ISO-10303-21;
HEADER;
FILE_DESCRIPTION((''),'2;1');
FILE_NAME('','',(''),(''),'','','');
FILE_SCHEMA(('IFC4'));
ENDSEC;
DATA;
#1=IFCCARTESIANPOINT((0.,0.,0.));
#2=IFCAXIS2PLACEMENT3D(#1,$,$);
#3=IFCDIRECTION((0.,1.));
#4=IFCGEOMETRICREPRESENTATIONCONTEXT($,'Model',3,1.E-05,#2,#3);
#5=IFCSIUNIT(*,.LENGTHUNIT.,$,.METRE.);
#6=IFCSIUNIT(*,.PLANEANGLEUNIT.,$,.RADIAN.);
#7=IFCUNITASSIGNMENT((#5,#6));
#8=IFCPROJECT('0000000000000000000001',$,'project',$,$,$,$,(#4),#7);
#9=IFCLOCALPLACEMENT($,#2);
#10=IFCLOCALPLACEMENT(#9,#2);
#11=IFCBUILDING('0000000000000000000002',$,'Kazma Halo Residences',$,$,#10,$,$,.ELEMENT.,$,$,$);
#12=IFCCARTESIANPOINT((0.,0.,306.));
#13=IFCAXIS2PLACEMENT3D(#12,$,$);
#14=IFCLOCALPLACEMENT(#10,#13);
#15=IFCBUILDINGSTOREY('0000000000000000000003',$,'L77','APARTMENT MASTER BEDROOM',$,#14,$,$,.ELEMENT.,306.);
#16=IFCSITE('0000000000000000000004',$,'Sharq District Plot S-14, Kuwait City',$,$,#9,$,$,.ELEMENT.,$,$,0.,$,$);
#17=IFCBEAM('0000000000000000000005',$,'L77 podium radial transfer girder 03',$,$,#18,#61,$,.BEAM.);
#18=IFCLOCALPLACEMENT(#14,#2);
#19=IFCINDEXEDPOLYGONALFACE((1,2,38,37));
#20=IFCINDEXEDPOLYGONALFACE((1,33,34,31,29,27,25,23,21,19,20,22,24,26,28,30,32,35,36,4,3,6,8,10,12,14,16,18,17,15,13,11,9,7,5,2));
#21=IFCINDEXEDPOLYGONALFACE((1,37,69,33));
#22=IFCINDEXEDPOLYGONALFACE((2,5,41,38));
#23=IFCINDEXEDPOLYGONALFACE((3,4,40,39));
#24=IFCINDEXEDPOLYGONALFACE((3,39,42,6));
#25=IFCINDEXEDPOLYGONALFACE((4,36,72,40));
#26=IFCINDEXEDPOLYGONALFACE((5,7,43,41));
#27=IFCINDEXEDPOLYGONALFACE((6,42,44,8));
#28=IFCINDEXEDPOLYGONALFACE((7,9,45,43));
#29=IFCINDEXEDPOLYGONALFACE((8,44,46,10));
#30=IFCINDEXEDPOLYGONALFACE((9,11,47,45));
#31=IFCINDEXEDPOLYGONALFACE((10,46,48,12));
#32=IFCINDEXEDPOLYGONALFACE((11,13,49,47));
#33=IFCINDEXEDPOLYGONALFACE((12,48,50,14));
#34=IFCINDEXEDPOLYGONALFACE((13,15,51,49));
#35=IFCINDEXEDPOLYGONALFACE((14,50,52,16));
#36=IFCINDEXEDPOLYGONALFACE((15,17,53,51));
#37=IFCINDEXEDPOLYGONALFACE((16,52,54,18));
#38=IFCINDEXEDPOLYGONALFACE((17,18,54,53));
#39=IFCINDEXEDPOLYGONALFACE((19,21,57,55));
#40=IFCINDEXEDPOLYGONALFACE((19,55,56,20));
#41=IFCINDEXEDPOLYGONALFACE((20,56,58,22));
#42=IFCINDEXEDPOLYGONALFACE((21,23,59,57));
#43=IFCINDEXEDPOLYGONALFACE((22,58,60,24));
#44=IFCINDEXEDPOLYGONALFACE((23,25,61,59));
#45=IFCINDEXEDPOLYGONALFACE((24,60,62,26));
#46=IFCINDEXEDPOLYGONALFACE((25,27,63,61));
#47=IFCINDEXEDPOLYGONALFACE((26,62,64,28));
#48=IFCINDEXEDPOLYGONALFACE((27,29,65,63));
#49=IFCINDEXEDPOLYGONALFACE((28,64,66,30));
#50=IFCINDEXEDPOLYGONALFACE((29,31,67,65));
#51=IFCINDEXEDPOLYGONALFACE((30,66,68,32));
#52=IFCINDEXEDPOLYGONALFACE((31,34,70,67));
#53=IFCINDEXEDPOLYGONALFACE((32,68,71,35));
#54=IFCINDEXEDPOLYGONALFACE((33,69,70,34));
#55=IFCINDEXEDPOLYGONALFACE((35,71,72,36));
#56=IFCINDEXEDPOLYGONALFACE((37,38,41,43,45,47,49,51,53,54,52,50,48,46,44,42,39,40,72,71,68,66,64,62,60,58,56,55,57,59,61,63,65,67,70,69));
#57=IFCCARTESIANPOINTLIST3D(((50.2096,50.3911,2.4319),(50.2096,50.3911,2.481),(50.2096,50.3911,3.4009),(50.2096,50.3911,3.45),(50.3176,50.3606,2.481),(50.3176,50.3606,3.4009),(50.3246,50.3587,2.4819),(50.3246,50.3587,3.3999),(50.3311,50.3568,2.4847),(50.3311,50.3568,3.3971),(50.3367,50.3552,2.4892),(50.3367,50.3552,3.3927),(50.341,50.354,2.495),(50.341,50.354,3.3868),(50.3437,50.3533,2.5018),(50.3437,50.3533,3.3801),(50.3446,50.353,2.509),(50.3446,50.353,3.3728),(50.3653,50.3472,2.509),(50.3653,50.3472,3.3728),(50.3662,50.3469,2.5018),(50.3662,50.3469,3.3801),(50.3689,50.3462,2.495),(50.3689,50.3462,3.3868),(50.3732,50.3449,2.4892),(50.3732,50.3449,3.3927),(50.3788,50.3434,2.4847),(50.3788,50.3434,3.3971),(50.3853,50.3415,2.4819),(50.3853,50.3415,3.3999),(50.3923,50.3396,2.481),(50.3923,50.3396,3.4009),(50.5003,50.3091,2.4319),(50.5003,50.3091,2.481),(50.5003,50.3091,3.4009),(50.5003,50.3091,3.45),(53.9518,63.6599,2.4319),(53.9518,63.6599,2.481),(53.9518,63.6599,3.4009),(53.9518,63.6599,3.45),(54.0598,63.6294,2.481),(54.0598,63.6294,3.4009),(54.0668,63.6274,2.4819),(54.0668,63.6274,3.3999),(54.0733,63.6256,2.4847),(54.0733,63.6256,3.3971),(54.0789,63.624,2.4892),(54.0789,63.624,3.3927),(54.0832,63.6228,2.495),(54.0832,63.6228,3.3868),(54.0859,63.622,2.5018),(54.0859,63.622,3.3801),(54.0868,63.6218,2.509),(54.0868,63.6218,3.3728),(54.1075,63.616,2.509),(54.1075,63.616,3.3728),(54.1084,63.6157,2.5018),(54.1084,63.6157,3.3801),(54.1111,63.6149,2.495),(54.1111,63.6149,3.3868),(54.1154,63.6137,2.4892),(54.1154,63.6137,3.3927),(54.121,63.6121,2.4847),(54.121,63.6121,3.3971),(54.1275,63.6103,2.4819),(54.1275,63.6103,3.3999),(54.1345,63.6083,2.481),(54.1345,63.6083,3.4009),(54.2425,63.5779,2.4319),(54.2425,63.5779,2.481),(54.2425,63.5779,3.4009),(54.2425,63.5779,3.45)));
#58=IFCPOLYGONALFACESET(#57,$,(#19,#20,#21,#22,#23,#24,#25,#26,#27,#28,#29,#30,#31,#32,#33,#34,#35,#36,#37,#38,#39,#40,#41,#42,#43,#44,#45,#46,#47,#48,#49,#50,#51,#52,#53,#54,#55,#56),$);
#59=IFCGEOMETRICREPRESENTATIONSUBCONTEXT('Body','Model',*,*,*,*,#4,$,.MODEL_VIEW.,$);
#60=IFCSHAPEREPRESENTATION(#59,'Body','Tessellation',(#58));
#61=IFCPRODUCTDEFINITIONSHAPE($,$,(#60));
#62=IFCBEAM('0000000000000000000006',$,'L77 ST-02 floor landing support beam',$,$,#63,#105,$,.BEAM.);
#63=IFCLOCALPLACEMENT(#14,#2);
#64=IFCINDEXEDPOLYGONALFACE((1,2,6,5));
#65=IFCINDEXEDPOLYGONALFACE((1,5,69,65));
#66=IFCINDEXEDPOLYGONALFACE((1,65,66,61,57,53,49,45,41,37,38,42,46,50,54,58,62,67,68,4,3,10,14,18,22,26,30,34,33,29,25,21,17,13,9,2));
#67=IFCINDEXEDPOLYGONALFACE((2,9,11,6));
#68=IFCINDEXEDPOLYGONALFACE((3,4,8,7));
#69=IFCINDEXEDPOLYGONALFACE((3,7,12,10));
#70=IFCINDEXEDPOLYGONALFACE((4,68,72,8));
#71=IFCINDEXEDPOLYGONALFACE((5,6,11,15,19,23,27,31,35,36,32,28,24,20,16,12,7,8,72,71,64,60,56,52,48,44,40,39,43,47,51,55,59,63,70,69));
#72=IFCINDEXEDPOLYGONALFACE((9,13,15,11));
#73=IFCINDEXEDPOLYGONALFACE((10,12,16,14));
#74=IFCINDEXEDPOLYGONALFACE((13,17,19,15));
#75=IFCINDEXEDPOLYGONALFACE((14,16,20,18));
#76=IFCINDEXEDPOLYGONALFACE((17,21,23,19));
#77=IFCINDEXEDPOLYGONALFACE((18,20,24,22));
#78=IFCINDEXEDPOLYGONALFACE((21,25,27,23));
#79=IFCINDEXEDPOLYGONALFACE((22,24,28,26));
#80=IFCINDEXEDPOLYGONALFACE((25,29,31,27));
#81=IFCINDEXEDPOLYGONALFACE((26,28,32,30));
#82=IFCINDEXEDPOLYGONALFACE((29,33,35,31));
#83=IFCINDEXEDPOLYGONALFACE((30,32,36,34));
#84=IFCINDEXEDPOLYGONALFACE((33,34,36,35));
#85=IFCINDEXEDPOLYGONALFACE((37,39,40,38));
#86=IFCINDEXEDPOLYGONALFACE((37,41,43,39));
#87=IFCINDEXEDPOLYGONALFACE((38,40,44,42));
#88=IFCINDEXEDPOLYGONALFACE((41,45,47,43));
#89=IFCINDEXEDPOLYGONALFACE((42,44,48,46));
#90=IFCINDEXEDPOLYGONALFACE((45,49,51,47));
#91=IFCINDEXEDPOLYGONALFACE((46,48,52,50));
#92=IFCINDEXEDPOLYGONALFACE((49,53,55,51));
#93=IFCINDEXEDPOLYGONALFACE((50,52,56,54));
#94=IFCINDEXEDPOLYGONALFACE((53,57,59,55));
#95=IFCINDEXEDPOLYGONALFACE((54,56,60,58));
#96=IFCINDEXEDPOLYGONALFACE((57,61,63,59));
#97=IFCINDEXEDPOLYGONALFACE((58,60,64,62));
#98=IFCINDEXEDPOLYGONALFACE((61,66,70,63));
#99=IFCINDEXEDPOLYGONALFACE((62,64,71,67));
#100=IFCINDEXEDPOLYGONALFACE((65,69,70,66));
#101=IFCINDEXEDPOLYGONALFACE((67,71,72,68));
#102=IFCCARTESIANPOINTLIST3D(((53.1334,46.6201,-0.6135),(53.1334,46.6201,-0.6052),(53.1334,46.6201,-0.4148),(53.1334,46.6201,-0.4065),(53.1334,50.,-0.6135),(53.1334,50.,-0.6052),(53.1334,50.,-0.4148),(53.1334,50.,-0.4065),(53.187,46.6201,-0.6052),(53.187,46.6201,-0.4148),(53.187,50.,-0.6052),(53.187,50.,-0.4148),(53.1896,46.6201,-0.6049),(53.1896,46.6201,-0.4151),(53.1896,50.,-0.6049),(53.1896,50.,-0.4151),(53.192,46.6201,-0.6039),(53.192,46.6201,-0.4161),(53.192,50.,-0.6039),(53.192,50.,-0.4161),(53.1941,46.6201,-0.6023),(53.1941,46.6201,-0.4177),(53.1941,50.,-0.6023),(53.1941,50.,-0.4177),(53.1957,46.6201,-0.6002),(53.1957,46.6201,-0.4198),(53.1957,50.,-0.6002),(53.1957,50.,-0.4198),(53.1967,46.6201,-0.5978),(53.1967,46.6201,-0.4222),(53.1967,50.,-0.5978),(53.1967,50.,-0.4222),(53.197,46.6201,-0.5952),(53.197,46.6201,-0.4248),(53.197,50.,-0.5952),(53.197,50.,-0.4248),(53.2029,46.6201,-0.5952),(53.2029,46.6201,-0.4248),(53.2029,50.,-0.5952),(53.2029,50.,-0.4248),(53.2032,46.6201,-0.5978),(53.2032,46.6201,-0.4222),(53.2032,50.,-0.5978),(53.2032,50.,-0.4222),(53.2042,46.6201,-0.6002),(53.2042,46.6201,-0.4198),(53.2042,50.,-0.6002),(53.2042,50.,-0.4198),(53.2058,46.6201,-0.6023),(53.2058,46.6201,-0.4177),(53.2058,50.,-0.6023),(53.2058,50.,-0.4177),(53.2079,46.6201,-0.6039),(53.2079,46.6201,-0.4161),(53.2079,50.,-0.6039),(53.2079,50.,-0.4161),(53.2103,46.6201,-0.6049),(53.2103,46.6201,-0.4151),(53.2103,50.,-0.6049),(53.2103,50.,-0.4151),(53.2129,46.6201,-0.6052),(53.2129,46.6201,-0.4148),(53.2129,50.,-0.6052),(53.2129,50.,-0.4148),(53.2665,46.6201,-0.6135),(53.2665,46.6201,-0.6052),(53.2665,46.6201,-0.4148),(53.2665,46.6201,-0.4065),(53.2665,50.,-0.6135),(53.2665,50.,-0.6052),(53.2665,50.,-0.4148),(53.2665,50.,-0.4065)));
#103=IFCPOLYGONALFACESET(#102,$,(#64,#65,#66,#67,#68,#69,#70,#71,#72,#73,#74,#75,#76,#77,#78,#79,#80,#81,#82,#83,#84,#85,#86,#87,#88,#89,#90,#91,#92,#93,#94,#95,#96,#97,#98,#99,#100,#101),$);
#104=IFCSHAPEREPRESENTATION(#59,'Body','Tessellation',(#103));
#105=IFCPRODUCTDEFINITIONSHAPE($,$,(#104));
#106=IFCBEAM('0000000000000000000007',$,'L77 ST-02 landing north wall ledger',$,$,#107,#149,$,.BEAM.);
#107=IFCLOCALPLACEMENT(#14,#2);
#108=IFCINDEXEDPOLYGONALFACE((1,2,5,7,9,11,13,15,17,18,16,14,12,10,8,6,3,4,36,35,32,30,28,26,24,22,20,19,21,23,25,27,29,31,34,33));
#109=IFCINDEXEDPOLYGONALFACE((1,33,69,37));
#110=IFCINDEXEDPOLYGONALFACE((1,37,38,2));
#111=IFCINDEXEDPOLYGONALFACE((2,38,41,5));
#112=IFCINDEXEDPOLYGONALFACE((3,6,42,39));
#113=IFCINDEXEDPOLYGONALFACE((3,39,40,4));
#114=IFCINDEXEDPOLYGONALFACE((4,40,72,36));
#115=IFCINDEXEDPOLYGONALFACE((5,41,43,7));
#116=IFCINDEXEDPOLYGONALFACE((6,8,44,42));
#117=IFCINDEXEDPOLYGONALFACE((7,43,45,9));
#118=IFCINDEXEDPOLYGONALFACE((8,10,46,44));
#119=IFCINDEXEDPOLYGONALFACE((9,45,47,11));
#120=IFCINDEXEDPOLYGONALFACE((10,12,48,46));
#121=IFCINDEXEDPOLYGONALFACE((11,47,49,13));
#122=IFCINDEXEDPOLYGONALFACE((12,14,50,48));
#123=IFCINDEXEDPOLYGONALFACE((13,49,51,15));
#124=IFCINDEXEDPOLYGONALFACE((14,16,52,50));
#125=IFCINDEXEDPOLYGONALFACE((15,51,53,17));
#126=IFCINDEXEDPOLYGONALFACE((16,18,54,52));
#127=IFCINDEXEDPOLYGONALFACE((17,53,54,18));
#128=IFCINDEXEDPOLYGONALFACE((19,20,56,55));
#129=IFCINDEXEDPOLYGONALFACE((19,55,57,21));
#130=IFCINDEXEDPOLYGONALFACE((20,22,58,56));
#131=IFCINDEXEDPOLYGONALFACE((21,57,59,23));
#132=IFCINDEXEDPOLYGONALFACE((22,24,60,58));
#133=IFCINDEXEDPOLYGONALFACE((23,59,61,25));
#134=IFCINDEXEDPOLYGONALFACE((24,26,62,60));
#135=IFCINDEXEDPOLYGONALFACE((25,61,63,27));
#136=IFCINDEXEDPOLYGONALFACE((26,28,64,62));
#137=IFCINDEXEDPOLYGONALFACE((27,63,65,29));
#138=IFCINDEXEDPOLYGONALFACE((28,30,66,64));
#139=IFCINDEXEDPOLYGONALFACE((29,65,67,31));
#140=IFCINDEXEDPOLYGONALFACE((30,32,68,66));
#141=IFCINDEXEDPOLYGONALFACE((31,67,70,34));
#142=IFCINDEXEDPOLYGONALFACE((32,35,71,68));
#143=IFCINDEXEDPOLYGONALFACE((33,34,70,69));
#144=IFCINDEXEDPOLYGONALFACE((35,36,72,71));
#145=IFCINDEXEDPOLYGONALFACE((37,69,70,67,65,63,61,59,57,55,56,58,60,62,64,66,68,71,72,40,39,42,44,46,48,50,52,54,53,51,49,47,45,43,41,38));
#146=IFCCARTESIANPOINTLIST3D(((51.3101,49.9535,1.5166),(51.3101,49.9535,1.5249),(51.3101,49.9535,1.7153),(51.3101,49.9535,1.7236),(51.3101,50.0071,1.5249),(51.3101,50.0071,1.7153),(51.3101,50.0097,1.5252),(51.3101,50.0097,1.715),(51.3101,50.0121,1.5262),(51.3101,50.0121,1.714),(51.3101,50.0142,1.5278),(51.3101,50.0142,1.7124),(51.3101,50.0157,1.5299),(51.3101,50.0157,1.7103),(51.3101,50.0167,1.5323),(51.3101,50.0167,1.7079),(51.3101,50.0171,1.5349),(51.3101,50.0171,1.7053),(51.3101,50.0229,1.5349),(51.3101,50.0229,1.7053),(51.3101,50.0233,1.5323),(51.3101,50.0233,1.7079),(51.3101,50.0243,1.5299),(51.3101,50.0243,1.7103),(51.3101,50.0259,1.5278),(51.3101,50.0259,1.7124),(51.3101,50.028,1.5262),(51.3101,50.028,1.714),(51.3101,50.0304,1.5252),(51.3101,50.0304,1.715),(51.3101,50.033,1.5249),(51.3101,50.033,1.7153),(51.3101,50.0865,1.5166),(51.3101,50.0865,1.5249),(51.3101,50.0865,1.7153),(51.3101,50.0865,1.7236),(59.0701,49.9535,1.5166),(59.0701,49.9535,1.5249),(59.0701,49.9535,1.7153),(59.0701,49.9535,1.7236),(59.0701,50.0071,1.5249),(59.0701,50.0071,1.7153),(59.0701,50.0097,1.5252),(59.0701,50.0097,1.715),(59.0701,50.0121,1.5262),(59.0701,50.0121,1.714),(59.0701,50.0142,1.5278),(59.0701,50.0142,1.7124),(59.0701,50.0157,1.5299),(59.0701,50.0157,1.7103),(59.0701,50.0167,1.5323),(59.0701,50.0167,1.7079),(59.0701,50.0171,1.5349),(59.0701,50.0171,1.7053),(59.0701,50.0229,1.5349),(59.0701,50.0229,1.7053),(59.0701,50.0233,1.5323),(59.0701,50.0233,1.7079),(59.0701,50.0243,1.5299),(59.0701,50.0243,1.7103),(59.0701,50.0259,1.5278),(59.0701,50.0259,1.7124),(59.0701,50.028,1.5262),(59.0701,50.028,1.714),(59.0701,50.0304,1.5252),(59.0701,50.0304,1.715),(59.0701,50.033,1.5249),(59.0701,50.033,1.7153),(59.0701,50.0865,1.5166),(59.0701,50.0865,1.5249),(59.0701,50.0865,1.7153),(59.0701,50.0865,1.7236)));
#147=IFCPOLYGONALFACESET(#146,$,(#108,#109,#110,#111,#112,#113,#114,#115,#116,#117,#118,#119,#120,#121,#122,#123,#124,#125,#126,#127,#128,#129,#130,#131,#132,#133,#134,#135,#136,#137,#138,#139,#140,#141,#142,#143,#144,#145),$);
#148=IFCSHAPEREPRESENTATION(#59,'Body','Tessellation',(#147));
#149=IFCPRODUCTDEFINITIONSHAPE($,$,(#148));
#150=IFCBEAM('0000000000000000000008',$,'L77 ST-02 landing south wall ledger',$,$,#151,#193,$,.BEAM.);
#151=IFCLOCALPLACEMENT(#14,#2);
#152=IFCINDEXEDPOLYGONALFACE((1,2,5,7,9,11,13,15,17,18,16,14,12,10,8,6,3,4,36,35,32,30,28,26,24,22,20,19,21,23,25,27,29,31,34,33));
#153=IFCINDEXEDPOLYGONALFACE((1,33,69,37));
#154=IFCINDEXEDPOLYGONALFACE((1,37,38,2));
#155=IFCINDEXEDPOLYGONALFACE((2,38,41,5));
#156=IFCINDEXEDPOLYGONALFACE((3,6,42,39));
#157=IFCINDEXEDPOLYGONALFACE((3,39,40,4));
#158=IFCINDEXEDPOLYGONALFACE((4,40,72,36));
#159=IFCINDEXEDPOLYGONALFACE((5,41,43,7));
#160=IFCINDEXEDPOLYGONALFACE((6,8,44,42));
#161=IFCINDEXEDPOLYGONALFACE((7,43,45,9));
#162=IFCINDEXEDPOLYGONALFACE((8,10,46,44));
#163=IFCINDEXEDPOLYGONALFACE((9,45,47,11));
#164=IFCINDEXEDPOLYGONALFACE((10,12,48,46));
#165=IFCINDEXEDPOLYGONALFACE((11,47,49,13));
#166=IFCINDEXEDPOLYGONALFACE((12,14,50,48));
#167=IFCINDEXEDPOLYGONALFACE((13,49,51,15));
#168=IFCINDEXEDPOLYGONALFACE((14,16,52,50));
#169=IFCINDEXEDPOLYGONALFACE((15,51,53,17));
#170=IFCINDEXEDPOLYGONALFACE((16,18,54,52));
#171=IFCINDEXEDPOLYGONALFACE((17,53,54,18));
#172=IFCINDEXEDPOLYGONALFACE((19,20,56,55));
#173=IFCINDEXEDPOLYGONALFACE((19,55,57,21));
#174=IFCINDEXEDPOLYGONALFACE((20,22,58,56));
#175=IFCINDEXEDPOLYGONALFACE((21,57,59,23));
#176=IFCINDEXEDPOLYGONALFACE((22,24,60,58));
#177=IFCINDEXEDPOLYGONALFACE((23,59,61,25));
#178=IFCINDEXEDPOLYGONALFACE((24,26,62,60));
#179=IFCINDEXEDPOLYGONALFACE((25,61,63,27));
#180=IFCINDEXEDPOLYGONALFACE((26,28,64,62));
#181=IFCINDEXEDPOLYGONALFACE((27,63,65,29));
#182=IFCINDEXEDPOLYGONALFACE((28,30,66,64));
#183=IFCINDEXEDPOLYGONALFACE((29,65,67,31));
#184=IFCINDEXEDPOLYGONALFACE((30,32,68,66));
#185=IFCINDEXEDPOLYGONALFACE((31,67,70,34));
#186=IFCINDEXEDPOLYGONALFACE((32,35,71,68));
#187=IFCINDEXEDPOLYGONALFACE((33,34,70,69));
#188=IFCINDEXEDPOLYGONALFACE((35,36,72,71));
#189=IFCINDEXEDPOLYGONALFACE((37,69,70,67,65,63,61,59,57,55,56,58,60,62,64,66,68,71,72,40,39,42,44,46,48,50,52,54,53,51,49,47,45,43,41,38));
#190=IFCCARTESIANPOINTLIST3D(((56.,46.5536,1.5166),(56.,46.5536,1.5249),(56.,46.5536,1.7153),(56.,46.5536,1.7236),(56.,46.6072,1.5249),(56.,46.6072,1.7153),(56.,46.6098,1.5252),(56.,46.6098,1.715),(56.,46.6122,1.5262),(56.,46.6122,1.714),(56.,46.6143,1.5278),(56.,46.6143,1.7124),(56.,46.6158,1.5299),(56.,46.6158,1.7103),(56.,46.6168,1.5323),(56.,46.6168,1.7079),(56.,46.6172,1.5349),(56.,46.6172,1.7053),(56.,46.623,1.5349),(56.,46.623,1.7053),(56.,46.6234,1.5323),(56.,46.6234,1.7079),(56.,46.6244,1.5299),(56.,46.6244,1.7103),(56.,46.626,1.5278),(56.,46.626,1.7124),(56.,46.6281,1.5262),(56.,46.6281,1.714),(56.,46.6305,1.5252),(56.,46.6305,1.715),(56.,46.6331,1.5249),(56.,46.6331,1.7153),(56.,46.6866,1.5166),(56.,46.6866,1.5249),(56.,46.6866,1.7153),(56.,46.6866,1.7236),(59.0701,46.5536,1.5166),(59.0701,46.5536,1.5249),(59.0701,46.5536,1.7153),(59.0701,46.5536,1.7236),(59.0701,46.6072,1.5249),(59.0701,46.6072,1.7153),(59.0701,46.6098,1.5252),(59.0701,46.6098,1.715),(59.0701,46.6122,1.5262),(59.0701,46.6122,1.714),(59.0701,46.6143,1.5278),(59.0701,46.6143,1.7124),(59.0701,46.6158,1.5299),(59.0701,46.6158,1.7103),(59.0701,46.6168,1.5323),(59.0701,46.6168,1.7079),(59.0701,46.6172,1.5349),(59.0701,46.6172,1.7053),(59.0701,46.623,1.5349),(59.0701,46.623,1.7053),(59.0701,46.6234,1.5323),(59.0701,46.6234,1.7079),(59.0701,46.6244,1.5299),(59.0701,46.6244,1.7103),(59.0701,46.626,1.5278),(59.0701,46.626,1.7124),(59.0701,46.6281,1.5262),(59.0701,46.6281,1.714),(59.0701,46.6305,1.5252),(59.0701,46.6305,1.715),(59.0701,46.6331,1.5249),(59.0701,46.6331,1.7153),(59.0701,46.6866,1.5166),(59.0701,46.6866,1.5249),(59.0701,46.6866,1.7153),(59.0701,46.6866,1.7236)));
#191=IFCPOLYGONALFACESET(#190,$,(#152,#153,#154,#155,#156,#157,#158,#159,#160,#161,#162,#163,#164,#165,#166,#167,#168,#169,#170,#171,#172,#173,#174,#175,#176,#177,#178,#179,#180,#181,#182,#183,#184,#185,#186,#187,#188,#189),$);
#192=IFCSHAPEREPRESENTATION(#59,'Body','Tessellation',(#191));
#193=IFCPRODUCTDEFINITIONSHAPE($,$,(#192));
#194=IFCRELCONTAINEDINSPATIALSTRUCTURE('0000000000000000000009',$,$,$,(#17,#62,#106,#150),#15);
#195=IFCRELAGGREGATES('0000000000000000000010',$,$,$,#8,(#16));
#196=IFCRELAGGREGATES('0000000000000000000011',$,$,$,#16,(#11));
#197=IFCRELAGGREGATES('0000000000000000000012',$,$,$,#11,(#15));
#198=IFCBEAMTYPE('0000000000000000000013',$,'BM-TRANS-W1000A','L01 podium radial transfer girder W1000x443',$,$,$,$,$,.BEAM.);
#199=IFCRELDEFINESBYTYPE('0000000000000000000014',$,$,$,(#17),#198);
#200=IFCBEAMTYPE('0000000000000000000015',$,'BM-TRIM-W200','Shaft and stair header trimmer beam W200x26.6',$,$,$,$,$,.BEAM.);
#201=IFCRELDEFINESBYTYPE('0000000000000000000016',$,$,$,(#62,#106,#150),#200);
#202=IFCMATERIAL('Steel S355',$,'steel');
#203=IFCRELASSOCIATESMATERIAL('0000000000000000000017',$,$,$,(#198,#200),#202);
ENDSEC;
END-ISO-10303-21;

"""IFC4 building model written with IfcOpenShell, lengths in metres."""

from ifc_helpers import new_model, si_unit, direction, frame, origin, origin_2d, place, context, subcontext, project, spatial, i_section, extrude, material, material_profile, profile_set, type_object, element, save


model = new_model("IFC4")

# Units and contexts
model_context = context("Model", 3, precision=1e-05, world=origin(), true_north=direction((0.0, 1.0)))
body_context = subcontext(model_context, "Body", "Model", "MODEL_VIEW")
ifc_project = project(units=[si_unit("LENGTHUNIT", "METRE"), si_unit("PLANEANGLEUNIT", "RADIAN")], contexts=[model_context])

# Site, building, storey
site_placement = place(None, origin())
site = spatial("IfcSite", under=ifc_project, at=site_placement, Name="Sharq District Plot S-14, Kuwait City", CompositionType="ELEMENT", RefElevation=0.0)
building_placement = place(site_placement, origin())
building = spatial("IfcBuilding", under=site, at=building_placement, Name="Kazma Halo Residences", CompositionType="ELEMENT")
storey_placement = place(building_placement, frame((0.0, 0.0, 306.0)))
storey = spatial("IfcBuildingStorey", under=building, at=storey_placement, Name="L77", Description="APARTMENT MASTER BEDROOM", CompositionType="ELEMENT", Elevation=306.0)

# Shared definitions
ifc_material_1 = material(Name="Steel S355", Category="steel")

# Beams
ifc_material_profile_1 = material_profile(ifc_material_1, i_section(OverallWidth=0.302, OverallDepth=1.0181, WebThickness=0.0215, FlangeThickness=0.0491, FilletRadius=0.0281, at=origin_2d()), Name="W1000x443")
ifc_profile_set_1 = profile_set([ifc_material_profile_1], Name="Steel S355")
beam_type_1 = type_object("IfcBeamType", Name="BM-TRANS-W1000A", Description="L01 podium radial transfer girder W1000x443", PredefinedType="BEAM", material=ifc_profile_set_1)
beam_1_placement = place(storey_placement, frame((50.355, 50.3501, 2.9409), z_axis=(0.27144, 0.962455, 0.0), x_axis=(-0.962455, 0.27144, 0.0)))
element("IfcBeam", 1, at=beam_1_placement, inside=storey, type_object=beam_type_1, Name="L77 podium radial transfer girder 03", PredefinedType="BEAM", context=body_context, shape_type="SweptSolid", body=[
    extrude(i_section(OverallWidth=0.302, OverallDepth=1.0181, WebThickness=0.0215, FlangeThickness=0.0491, FilletRadius=0.0281, at=origin_2d()), origin(), (0.0, 0.0, 1.0), 13.7864),
])
ifc_material_profile_2 = material_profile(ifc_material_1, i_section(OverallWidth=0.1331, OverallDepth=0.207, WebThickness=0.0059, FlangeThickness=0.0083, FilletRadius=0.01, at=origin_2d()), Name="W200x26.6")
ifc_profile_set_2 = profile_set([ifc_material_profile_2], Name="Steel S355")
beam_type_2 = type_object("IfcBeamType", Name="BM-TRIM-W200", Description="Shaft and stair header trimmer beam W200x26.6", PredefinedType="BEAM", material=ifc_profile_set_2)
beam_2_placement = place(storey_placement, frame((53.2, 46.6201, -0.51), z_axis=(0.0, 1.0, 0.0), x_axis=(-1.0, 0.0, 0.0)))
element("IfcBeam", 2, at=beam_2_placement, inside=storey, type_object=beam_type_2, Name="L77 ST-02 floor landing support beam", PredefinedType="BEAM", context=body_context, shape_type="SweptSolid", body=[
    extrude(i_section(OverallWidth=0.1331, OverallDepth=0.207, WebThickness=0.0059, FlangeThickness=0.0083, FilletRadius=0.01, at=origin_2d()), origin(), (0.0, 0.0, 1.0), 3.3799),
])
beam_3_placement = place(storey_placement, frame((51.3101, 50.02, 1.6201), z_axis=(1.0, 0.0, 0.0), x_axis=(0.0, 1.0, 0.0)))
element("IfcBeam", 3, at=beam_3_placement, inside=storey, type_object=beam_type_2, Name="L77 ST-02 landing north wall ledger", PredefinedType="BEAM", context=body_context, shape_type="SweptSolid", body=[
    extrude(i_section(OverallWidth=0.1331, OverallDepth=0.207, WebThickness=0.0059, FlangeThickness=0.0083, FilletRadius=0.01, at=origin_2d()), origin(), (0.0, 0.0, 1.0), 7.76),
])
beam_4_placement = place(storey_placement, frame((56.0, 46.6201, 1.6201), z_axis=(1.0, 0.0, 0.0), x_axis=(0.0, 1.0, 0.0)))
element("IfcBeam", 4, at=beam_4_placement, inside=storey, type_object=beam_type_2, Name="L77 ST-02 landing south wall ledger", PredefinedType="BEAM", context=body_context, shape_type="SweptSolid", body=[
    extrude(i_section(OverallWidth=0.1331, OverallDepth=0.207, WebThickness=0.0059, FlangeThickness=0.0083, FilletRadius=0.01, at=origin_2d()), origin(), (0.0, 0.0, 1.0), 3.0701),
])

save(model, "model.ifc")
